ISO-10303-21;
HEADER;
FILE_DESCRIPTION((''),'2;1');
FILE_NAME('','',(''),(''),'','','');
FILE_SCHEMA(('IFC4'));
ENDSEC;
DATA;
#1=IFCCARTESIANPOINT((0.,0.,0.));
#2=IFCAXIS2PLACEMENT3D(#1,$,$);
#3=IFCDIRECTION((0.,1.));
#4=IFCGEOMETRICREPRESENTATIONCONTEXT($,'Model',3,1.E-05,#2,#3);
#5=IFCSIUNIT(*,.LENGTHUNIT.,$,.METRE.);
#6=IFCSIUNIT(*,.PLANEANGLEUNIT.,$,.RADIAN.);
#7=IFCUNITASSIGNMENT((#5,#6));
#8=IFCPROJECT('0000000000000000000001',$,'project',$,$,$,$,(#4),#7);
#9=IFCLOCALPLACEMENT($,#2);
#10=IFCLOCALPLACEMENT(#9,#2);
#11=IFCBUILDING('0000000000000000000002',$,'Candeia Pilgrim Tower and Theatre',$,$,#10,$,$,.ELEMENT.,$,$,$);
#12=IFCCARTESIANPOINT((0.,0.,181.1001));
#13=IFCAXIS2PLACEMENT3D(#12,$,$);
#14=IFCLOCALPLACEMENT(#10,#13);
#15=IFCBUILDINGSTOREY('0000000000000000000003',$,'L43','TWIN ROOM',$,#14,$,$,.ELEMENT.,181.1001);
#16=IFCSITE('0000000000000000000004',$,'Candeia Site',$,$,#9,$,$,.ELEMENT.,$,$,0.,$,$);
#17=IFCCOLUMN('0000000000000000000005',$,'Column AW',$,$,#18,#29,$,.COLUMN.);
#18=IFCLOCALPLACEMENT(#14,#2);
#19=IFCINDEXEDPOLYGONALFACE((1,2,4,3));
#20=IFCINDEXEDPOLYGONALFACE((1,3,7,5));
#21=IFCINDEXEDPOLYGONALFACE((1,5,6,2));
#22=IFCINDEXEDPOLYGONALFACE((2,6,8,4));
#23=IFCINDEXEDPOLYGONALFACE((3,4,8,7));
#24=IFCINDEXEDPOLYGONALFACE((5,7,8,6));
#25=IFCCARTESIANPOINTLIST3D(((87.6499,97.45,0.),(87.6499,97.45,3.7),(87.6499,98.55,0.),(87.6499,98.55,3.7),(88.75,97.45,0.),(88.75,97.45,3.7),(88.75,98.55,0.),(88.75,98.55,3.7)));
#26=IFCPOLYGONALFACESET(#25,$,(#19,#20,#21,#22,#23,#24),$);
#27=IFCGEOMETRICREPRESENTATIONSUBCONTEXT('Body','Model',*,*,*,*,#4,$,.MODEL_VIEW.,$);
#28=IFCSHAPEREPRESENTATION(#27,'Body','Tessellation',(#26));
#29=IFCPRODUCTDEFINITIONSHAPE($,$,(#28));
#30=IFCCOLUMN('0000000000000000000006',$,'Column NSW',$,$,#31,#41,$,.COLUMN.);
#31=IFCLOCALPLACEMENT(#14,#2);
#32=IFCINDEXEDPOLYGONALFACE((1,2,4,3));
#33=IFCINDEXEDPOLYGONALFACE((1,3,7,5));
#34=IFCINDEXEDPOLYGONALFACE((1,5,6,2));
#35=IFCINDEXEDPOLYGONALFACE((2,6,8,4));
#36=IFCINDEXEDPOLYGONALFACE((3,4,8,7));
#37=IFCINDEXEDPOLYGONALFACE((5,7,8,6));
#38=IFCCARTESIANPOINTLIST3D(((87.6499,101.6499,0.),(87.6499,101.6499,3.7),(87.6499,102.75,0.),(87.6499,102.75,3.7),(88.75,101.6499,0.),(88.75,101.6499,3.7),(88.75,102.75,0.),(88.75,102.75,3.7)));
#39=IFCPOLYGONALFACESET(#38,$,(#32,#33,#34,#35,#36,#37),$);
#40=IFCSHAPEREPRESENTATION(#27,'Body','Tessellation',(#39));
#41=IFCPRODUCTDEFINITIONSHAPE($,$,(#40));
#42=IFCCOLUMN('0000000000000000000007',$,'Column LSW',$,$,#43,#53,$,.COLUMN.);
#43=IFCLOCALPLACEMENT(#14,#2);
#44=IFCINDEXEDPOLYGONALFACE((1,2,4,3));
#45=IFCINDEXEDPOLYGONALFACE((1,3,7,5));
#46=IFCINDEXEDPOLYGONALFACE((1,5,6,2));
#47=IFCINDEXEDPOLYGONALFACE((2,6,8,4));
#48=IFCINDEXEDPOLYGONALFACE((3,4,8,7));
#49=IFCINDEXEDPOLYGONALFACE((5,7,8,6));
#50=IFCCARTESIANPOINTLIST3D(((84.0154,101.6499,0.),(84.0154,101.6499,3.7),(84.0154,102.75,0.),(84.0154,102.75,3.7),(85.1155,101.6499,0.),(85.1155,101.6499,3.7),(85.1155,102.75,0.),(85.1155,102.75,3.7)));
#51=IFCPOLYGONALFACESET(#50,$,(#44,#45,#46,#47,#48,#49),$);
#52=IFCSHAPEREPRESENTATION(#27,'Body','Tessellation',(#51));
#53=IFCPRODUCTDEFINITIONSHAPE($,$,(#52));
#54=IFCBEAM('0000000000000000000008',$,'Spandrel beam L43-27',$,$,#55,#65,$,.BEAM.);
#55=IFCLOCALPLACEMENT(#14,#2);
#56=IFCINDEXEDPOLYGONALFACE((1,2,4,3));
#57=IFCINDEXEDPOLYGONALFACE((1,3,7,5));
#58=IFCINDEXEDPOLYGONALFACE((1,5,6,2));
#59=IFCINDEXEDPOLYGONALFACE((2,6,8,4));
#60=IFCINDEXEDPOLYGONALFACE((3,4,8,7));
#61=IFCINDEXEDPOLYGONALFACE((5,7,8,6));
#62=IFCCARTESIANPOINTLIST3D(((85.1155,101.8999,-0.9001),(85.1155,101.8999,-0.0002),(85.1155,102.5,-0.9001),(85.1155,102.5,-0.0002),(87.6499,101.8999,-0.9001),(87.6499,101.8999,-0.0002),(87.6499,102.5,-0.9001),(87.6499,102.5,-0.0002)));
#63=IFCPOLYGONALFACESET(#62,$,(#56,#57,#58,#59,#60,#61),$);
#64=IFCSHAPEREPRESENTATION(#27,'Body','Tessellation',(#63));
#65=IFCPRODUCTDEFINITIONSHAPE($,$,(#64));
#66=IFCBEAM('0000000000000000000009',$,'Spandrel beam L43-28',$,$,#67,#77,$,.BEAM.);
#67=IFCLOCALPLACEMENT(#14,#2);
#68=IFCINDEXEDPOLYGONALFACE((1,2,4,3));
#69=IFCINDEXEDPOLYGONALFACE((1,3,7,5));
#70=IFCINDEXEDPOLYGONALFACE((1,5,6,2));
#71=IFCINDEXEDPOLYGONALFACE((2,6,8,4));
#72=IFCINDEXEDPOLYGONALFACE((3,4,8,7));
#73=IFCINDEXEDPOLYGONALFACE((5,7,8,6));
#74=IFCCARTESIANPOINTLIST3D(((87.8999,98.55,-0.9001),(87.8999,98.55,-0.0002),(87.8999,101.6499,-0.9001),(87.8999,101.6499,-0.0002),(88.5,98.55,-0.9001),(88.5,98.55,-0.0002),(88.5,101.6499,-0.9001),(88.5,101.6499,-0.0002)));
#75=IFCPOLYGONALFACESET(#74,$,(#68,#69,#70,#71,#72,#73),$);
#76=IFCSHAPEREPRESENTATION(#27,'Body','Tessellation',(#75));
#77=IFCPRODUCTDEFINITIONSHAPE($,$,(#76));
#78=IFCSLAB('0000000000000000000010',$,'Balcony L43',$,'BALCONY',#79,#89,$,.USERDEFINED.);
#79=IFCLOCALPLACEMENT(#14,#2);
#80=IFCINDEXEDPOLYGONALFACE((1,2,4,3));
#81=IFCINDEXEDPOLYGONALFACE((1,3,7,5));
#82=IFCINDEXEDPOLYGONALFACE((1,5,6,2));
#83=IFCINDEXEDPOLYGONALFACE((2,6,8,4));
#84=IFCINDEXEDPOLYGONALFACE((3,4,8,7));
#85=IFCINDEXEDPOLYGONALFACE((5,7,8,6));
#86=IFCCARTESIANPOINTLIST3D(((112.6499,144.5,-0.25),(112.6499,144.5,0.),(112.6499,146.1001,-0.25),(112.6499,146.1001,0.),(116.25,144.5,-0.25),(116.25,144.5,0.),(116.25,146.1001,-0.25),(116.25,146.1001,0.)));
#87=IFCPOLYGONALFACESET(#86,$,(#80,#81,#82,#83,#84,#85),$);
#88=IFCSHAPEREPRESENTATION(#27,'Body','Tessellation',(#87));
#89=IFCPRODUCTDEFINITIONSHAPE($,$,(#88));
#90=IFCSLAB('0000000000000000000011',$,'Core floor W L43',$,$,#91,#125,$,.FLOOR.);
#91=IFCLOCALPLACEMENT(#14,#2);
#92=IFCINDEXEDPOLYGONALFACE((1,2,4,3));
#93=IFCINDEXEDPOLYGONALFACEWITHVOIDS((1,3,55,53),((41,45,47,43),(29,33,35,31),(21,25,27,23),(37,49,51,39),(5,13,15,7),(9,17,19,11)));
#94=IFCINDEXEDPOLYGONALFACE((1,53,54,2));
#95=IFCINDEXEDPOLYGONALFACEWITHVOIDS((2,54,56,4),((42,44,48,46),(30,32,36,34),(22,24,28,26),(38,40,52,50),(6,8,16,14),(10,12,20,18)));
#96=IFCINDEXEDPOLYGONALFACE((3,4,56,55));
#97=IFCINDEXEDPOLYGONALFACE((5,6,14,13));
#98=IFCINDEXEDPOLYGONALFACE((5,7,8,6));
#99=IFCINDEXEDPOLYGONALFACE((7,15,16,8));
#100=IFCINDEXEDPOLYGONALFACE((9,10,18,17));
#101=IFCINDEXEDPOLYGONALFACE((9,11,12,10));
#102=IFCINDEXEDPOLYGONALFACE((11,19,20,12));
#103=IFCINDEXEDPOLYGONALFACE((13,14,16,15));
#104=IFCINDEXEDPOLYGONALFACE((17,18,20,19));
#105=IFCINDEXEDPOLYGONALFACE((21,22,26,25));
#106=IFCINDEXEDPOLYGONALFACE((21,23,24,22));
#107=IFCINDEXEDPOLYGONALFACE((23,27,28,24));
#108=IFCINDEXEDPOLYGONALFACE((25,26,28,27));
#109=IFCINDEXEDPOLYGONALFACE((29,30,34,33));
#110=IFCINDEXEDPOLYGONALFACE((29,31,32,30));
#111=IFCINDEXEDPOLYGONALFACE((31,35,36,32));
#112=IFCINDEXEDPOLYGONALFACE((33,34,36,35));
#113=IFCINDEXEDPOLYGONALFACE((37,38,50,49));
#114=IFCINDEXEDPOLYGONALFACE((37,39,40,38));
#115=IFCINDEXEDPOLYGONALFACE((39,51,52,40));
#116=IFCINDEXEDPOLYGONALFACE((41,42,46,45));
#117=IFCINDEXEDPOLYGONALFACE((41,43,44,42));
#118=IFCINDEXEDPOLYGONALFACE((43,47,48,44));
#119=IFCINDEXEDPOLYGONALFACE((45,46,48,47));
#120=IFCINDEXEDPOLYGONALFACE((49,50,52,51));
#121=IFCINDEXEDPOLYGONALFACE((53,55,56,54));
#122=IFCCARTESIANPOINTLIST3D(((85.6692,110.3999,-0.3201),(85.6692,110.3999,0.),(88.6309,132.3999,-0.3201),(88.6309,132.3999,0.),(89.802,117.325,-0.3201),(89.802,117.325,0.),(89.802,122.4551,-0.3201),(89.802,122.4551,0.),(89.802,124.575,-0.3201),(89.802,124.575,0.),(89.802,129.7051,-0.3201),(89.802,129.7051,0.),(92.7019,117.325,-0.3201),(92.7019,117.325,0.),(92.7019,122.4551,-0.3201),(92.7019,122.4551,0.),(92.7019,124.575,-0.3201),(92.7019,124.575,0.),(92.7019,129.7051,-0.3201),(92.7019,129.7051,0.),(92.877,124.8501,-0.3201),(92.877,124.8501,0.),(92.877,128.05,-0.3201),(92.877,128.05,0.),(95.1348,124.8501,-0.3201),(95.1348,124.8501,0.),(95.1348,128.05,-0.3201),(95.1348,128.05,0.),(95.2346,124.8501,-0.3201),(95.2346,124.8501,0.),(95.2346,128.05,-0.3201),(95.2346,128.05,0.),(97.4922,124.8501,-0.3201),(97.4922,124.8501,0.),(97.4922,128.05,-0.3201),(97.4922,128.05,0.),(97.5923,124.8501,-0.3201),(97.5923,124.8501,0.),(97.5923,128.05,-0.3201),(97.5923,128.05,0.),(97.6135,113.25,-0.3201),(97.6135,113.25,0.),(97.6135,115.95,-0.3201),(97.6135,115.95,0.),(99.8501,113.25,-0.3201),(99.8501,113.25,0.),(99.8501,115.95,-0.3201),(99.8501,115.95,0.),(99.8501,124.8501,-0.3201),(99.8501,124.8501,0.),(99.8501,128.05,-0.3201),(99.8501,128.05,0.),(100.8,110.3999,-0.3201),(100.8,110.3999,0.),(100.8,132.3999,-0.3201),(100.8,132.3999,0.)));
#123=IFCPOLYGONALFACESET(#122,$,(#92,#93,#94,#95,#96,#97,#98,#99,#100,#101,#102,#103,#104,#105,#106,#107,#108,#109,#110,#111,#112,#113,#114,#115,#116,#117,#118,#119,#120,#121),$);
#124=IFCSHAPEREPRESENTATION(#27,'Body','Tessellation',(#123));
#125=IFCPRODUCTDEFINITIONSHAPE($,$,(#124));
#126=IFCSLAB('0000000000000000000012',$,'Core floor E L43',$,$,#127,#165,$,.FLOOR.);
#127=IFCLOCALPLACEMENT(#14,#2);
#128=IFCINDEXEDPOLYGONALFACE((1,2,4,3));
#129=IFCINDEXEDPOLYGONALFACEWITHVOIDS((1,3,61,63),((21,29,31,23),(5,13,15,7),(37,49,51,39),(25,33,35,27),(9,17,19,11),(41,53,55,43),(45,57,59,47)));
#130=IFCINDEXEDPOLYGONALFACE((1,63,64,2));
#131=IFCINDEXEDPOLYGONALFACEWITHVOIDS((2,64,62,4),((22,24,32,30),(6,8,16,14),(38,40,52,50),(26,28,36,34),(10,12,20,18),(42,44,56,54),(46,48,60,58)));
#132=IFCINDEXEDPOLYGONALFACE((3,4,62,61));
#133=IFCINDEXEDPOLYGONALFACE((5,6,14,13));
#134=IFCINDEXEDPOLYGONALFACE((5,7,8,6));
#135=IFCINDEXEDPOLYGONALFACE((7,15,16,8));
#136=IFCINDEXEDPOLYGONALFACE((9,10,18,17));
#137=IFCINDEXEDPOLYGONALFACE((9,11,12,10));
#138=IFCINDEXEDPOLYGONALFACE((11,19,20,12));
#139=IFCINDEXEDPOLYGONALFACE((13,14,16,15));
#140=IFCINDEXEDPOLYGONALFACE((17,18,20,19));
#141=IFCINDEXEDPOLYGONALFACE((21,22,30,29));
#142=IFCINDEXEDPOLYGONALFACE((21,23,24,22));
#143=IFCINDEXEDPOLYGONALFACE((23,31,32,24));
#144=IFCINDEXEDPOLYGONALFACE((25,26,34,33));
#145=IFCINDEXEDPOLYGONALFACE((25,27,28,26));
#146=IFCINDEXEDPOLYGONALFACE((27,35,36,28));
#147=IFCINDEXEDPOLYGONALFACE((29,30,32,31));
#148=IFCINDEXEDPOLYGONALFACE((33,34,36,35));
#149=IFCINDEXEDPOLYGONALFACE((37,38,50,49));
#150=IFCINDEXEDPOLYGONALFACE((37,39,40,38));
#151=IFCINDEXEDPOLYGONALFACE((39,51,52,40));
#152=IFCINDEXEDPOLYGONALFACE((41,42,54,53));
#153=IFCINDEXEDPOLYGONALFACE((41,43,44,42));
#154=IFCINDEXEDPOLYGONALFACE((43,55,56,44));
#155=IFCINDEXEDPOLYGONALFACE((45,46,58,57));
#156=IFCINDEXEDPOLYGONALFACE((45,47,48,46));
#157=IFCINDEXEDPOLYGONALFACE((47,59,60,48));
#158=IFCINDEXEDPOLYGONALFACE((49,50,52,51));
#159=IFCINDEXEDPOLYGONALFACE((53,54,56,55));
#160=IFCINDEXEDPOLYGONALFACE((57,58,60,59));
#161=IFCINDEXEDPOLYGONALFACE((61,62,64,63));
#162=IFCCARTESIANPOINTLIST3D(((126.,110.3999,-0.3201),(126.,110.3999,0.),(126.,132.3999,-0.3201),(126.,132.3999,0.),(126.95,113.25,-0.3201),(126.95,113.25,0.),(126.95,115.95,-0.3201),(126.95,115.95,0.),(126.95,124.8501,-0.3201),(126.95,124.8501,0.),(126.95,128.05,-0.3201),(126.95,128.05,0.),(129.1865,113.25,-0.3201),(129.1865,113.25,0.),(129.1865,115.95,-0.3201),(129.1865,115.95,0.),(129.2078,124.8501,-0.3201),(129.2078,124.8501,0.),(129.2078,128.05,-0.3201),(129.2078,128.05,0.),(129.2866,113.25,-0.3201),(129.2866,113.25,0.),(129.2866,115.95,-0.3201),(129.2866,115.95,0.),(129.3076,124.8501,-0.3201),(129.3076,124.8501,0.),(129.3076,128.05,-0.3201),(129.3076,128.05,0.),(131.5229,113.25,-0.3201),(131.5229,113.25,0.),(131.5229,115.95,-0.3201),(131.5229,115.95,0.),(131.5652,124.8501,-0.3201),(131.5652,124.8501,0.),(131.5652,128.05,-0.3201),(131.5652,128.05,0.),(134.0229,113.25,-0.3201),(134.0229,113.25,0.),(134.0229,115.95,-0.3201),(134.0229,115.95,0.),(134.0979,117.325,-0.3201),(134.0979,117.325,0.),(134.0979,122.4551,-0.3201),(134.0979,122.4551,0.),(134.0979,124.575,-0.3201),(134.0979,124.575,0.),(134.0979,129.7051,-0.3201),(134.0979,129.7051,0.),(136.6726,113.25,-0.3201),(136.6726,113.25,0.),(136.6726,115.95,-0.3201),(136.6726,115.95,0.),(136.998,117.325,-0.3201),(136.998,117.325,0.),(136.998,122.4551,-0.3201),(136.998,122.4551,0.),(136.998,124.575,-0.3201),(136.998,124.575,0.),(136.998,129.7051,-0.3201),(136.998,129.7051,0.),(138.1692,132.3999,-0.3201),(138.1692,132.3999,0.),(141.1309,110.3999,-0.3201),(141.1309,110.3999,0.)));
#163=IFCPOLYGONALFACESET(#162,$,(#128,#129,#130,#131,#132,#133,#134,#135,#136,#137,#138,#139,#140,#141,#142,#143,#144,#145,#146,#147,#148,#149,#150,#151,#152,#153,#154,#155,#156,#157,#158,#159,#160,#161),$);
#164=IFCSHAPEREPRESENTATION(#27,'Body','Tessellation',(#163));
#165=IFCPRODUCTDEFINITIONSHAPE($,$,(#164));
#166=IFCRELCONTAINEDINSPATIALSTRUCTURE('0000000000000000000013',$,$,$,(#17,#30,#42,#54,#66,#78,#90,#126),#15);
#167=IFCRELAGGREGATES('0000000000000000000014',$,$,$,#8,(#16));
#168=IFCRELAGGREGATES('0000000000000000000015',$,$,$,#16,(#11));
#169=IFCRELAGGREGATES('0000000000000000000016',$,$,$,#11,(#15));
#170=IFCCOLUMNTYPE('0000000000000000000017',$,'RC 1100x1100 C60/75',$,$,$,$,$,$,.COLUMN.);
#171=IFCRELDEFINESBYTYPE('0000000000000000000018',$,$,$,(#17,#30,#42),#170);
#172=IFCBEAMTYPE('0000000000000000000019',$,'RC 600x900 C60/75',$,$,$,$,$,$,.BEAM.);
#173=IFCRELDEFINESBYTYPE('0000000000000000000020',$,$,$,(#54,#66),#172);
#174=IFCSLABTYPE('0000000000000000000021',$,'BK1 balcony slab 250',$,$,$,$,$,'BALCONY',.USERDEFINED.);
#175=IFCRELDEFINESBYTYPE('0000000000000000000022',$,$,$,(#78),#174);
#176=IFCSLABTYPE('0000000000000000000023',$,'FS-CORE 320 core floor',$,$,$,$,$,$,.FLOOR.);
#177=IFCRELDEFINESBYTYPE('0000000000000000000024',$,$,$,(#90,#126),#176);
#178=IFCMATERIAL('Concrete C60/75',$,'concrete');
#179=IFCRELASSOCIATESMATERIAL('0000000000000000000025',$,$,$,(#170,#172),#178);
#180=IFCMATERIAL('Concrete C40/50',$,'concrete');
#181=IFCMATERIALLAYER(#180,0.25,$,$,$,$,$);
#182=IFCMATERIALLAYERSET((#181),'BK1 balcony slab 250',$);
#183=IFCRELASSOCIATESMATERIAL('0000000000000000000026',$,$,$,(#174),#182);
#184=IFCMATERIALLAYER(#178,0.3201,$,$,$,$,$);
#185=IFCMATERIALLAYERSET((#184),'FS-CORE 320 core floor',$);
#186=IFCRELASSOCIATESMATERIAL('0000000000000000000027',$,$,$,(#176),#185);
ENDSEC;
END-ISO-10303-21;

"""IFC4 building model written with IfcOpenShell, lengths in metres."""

from ifc_helpers import new_model, si_unit, direction, frame, origin, origin_2d, place, context, subcontext, project, spatial, polyline, rectangle, outline, extrude, material, layer, layer_set, material_profile, profile_set, type_object, element, save


model = new_model("IFC4")

# Units and contexts
model_context = context("Model", 3, precision=1e-05, world=origin(), true_north=direction((0.0, 1.0)))
body_context = subcontext(model_context, "Body", "Model", "MODEL_VIEW")
ifc_project = project(units=[si_unit("LENGTHUNIT", "METRE"), si_unit("PLANEANGLEUNIT", "RADIAN")], contexts=[model_context])

# Site, building, storey
site_placement = place(None, origin())
site = spatial("IfcSite", under=ifc_project, at=site_placement, Name="Candeia Site", CompositionType="ELEMENT", RefElevation=0.0)
building_placement = place(site_placement, origin())
building = spatial("IfcBuilding", under=site, at=building_placement, Name="Candeia Pilgrim Tower and Theatre", CompositionType="ELEMENT")
storey_placement = place(building_placement, frame((0.0, 0.0, 181.1001)))
storey = spatial("IfcBuildingStorey", under=building, at=storey_placement, Name="L43", Description="TWIN ROOM", CompositionType="ELEMENT", Elevation=181.1001)

# Columns
ifc_material_1 = material(Name="Concrete C60/75", Category="concrete")
ifc_material_profile_1 = material_profile(ifc_material_1, rectangle(XDim=1.1001, YDim=1.1001, at=origin_2d()))
ifc_profile_set_1 = profile_set([ifc_material_profile_1], Name="Concrete C60/75")
column_type = type_object("IfcColumnType", Name="RC 1100x1100 C60/75", PredefinedType="COLUMN", material=ifc_profile_set_1)
for number, where, z_axis, x_axis, name in (
    (1, (88.2, 98.0, 0.0), (0.0, 0.0, 1.0), (1.0, 0.0, 0.0), "Column AW"),
    (2, (88.2, 102.2, 0.0), (0.0, 0.0, 1.0), (1.0, 0.0, 0.0), "Column NSW"),
    (3, (84.5654, 102.2, 0.0), (0.0, 0.0, 1.0), (1.0, 0.0, 0.0), "Column LSW"),
):
    element("IfcColumn", number, at=place(storey_placement, frame(where, z_axis=z_axis, x_axis=x_axis)), inside=storey, type_object=column_type, Name=name, PredefinedType="COLUMN", context=body_context, shape_type="SweptSolid", body=[
        extrude(rectangle(XDim=1.1001, YDim=1.1001, at=origin_2d()), origin(), (0.0, 0.0, 1.0), 3.7),
    ])

# Beams
ifc_material_profile_2 = material_profile(ifc_material_1, rectangle(XDim=0.6001, YDim=0.8999, at=origin_2d()))
ifc_profile_set_2 = profile_set([ifc_material_profile_2], Name="Concrete C60/75")
beam_type = type_object("IfcBeamType", Name="RC 600x900 C60/75", PredefinedType="BEAM", material=ifc_profile_set_2)
beam_1_placement = place(storey_placement, frame((85.1155, 102.2, -0.4502), z_axis=(1.0, 0.0, 0.0), x_axis=(0.0, 1.0, 0.0)))
element("IfcBeam", 4, at=beam_1_placement, inside=storey, type_object=beam_type, Name="Spandrel beam L43-27", PredefinedType="BEAM", context=body_context, shape_type="SweptSolid", body=[
    extrude(rectangle(XDim=0.6001, YDim=0.8999, at=origin_2d()), origin(), (0.0, 0.0, 1.0), 2.5344),
])
beam_2_placement = place(storey_placement, frame((88.2, 101.6499, -0.4502), z_axis=(0.0, -1.0, 0.0), x_axis=(1.0, 0.0, 0.0)))
element("IfcBeam", 5, at=beam_2_placement, inside=storey, type_object=beam_type, Name="Spandrel beam L43-28", PredefinedType="BEAM", context=body_context, shape_type="SweptSolid", body=[
    extrude(rectangle(XDim=0.6001, YDim=0.8999, at=origin_2d()), origin(), (0.0, 0.0, 1.0), 3.0999),
])

# Slabs
ifc_material_2 = material(Name="Concrete C40/50", Category="concrete")
ifc_layer_1 = layer(ifc_material_2, 0.25)
ifc_layer_set_1 = layer_set([ifc_layer_1], Name="BK1 balcony slab 250")
slab_type_1 = type_object("IfcSlabType", Name="BK1 balcony slab 250", ElementType="BALCONY", PredefinedType="USERDEFINED", material=ifc_layer_set_1)
slab_1_placement = place(storey_placement, frame((0.0, 0.0, -0.25)))
element("IfcSlab", 6, at=slab_1_placement, inside=storey, type_object=slab_type_1, Name="Balcony L43", ObjectType="BALCONY", PredefinedType="USERDEFINED", context=body_context, shape_type="SweptSolid", body=[
    extrude(outline(polyline([(112.6499, 144.5), (116.25, 144.5), (116.25, 146.1001), (112.6499, 146.1001), (112.6499, 144.5)])), origin(), (0.0, 0.0, 1.0), 0.25),
])
ifc_layer_2 = layer(ifc_material_1, 0.3201)
ifc_layer_set_2 = layer_set([ifc_layer_2], Name="FS-CORE 320 core floor")
slab_type_2 = type_object("IfcSlabType", Name="FS-CORE 320 core floor", PredefinedType="FLOOR", material=ifc_layer_set_2)
slab_2_placement = place(storey_placement, frame((0.0, 0.0, -0.3201)))
element("IfcSlab", 7, at=slab_2_placement, inside=storey, type_object=slab_type_2, Name="Core floor W L43", PredefinedType="FLOOR", context=body_context, shape_type="SweptSolid", body=[
    extrude(outline(polyline([(100.8, 132.3999), (100.8, 110.3999), (85.6692, 110.3999), (88.6309, 132.3999), (100.8, 132.3999)]), holes=[polyline([(97.5923, 128.05), (97.5923, 124.8501), (99.8501, 124.8501), (99.8501, 128.05), (97.5923, 128.05)]), polyline([(97.6135, 113.25), (99.8501, 113.25), (99.8501, 115.95), (97.6135, 115.95), (97.6135, 113.25)]), polyline([(95.2346, 124.8501), (97.4922, 124.8501), (97.4922, 128.05), (95.2346, 128.05), (95.2346, 124.8501)]), polyline([(92.877, 128.05), (92.877, 124.8501), (95.1348, 124.8501), (95.1348, 128.05), (92.877, 128.05)]), polyline([(89.802, 122.4551), (89.802, 117.325), (92.7019, 117.325), (92.7019, 122.4551), (89.802, 122.4551)]), polyline([(89.802, 129.7051), (89.802, 124.575), (92.7019, 124.575), (92.7019, 129.7051), (89.802, 129.7051)])]), origin(), (0.0, 0.0, 1.0), 0.3201),
])
slab_3_placement = place(storey_placement, frame((0.0, 0.0, -0.3201)))
element("IfcSlab", 8, at=slab_3_placement, inside=storey, type_object=slab_type_2, Name="Core floor E L43", PredefinedType="FLOOR", context=body_context, shape_type="SweptSolid", body=[
    extrude(outline(polyline([(138.1692, 132.3999), (141.1309, 110.3999), (126.0, 110.3999), (126.0, 132.3999), (138.1692, 132.3999)]), holes=[polyline([(134.0979, 122.4551), (134.0979, 117.325), (136.998, 117.325), (136.998, 122.4551), (134.0979, 122.4551)]), polyline([(134.0979, 129.7051), (134.0979, 124.575), (136.998, 124.575), (136.998, 129.7051), (134.0979, 129.7051)]), polyline([(136.6726, 115.95), (134.0229, 115.95), (134.0229, 113.25), (136.6726, 113.25), (136.6726, 115.95)]), polyline([(131.5652, 128.05), (129.3076, 128.05), (129.3076, 124.8501), (131.5652, 124.8501), (131.5652, 128.05)]), polyline([(131.5229, 115.95), (129.2866, 115.95), (129.2866, 113.25), (131.5229, 113.25), (131.5229, 115.95)]), polyline([(129.2078, 128.05), (126.95, 128.05), (126.95, 124.8501), (129.2078, 124.8501), (129.2078, 128.05)]), polyline([(126.95, 115.95), (126.95, 113.25), (129.1865, 113.25), (129.1865, 115.95), (126.95, 115.95)])]), origin(), (0.0, 0.0, 1.0), 0.3201),
])

save(model, "model.ifc")
